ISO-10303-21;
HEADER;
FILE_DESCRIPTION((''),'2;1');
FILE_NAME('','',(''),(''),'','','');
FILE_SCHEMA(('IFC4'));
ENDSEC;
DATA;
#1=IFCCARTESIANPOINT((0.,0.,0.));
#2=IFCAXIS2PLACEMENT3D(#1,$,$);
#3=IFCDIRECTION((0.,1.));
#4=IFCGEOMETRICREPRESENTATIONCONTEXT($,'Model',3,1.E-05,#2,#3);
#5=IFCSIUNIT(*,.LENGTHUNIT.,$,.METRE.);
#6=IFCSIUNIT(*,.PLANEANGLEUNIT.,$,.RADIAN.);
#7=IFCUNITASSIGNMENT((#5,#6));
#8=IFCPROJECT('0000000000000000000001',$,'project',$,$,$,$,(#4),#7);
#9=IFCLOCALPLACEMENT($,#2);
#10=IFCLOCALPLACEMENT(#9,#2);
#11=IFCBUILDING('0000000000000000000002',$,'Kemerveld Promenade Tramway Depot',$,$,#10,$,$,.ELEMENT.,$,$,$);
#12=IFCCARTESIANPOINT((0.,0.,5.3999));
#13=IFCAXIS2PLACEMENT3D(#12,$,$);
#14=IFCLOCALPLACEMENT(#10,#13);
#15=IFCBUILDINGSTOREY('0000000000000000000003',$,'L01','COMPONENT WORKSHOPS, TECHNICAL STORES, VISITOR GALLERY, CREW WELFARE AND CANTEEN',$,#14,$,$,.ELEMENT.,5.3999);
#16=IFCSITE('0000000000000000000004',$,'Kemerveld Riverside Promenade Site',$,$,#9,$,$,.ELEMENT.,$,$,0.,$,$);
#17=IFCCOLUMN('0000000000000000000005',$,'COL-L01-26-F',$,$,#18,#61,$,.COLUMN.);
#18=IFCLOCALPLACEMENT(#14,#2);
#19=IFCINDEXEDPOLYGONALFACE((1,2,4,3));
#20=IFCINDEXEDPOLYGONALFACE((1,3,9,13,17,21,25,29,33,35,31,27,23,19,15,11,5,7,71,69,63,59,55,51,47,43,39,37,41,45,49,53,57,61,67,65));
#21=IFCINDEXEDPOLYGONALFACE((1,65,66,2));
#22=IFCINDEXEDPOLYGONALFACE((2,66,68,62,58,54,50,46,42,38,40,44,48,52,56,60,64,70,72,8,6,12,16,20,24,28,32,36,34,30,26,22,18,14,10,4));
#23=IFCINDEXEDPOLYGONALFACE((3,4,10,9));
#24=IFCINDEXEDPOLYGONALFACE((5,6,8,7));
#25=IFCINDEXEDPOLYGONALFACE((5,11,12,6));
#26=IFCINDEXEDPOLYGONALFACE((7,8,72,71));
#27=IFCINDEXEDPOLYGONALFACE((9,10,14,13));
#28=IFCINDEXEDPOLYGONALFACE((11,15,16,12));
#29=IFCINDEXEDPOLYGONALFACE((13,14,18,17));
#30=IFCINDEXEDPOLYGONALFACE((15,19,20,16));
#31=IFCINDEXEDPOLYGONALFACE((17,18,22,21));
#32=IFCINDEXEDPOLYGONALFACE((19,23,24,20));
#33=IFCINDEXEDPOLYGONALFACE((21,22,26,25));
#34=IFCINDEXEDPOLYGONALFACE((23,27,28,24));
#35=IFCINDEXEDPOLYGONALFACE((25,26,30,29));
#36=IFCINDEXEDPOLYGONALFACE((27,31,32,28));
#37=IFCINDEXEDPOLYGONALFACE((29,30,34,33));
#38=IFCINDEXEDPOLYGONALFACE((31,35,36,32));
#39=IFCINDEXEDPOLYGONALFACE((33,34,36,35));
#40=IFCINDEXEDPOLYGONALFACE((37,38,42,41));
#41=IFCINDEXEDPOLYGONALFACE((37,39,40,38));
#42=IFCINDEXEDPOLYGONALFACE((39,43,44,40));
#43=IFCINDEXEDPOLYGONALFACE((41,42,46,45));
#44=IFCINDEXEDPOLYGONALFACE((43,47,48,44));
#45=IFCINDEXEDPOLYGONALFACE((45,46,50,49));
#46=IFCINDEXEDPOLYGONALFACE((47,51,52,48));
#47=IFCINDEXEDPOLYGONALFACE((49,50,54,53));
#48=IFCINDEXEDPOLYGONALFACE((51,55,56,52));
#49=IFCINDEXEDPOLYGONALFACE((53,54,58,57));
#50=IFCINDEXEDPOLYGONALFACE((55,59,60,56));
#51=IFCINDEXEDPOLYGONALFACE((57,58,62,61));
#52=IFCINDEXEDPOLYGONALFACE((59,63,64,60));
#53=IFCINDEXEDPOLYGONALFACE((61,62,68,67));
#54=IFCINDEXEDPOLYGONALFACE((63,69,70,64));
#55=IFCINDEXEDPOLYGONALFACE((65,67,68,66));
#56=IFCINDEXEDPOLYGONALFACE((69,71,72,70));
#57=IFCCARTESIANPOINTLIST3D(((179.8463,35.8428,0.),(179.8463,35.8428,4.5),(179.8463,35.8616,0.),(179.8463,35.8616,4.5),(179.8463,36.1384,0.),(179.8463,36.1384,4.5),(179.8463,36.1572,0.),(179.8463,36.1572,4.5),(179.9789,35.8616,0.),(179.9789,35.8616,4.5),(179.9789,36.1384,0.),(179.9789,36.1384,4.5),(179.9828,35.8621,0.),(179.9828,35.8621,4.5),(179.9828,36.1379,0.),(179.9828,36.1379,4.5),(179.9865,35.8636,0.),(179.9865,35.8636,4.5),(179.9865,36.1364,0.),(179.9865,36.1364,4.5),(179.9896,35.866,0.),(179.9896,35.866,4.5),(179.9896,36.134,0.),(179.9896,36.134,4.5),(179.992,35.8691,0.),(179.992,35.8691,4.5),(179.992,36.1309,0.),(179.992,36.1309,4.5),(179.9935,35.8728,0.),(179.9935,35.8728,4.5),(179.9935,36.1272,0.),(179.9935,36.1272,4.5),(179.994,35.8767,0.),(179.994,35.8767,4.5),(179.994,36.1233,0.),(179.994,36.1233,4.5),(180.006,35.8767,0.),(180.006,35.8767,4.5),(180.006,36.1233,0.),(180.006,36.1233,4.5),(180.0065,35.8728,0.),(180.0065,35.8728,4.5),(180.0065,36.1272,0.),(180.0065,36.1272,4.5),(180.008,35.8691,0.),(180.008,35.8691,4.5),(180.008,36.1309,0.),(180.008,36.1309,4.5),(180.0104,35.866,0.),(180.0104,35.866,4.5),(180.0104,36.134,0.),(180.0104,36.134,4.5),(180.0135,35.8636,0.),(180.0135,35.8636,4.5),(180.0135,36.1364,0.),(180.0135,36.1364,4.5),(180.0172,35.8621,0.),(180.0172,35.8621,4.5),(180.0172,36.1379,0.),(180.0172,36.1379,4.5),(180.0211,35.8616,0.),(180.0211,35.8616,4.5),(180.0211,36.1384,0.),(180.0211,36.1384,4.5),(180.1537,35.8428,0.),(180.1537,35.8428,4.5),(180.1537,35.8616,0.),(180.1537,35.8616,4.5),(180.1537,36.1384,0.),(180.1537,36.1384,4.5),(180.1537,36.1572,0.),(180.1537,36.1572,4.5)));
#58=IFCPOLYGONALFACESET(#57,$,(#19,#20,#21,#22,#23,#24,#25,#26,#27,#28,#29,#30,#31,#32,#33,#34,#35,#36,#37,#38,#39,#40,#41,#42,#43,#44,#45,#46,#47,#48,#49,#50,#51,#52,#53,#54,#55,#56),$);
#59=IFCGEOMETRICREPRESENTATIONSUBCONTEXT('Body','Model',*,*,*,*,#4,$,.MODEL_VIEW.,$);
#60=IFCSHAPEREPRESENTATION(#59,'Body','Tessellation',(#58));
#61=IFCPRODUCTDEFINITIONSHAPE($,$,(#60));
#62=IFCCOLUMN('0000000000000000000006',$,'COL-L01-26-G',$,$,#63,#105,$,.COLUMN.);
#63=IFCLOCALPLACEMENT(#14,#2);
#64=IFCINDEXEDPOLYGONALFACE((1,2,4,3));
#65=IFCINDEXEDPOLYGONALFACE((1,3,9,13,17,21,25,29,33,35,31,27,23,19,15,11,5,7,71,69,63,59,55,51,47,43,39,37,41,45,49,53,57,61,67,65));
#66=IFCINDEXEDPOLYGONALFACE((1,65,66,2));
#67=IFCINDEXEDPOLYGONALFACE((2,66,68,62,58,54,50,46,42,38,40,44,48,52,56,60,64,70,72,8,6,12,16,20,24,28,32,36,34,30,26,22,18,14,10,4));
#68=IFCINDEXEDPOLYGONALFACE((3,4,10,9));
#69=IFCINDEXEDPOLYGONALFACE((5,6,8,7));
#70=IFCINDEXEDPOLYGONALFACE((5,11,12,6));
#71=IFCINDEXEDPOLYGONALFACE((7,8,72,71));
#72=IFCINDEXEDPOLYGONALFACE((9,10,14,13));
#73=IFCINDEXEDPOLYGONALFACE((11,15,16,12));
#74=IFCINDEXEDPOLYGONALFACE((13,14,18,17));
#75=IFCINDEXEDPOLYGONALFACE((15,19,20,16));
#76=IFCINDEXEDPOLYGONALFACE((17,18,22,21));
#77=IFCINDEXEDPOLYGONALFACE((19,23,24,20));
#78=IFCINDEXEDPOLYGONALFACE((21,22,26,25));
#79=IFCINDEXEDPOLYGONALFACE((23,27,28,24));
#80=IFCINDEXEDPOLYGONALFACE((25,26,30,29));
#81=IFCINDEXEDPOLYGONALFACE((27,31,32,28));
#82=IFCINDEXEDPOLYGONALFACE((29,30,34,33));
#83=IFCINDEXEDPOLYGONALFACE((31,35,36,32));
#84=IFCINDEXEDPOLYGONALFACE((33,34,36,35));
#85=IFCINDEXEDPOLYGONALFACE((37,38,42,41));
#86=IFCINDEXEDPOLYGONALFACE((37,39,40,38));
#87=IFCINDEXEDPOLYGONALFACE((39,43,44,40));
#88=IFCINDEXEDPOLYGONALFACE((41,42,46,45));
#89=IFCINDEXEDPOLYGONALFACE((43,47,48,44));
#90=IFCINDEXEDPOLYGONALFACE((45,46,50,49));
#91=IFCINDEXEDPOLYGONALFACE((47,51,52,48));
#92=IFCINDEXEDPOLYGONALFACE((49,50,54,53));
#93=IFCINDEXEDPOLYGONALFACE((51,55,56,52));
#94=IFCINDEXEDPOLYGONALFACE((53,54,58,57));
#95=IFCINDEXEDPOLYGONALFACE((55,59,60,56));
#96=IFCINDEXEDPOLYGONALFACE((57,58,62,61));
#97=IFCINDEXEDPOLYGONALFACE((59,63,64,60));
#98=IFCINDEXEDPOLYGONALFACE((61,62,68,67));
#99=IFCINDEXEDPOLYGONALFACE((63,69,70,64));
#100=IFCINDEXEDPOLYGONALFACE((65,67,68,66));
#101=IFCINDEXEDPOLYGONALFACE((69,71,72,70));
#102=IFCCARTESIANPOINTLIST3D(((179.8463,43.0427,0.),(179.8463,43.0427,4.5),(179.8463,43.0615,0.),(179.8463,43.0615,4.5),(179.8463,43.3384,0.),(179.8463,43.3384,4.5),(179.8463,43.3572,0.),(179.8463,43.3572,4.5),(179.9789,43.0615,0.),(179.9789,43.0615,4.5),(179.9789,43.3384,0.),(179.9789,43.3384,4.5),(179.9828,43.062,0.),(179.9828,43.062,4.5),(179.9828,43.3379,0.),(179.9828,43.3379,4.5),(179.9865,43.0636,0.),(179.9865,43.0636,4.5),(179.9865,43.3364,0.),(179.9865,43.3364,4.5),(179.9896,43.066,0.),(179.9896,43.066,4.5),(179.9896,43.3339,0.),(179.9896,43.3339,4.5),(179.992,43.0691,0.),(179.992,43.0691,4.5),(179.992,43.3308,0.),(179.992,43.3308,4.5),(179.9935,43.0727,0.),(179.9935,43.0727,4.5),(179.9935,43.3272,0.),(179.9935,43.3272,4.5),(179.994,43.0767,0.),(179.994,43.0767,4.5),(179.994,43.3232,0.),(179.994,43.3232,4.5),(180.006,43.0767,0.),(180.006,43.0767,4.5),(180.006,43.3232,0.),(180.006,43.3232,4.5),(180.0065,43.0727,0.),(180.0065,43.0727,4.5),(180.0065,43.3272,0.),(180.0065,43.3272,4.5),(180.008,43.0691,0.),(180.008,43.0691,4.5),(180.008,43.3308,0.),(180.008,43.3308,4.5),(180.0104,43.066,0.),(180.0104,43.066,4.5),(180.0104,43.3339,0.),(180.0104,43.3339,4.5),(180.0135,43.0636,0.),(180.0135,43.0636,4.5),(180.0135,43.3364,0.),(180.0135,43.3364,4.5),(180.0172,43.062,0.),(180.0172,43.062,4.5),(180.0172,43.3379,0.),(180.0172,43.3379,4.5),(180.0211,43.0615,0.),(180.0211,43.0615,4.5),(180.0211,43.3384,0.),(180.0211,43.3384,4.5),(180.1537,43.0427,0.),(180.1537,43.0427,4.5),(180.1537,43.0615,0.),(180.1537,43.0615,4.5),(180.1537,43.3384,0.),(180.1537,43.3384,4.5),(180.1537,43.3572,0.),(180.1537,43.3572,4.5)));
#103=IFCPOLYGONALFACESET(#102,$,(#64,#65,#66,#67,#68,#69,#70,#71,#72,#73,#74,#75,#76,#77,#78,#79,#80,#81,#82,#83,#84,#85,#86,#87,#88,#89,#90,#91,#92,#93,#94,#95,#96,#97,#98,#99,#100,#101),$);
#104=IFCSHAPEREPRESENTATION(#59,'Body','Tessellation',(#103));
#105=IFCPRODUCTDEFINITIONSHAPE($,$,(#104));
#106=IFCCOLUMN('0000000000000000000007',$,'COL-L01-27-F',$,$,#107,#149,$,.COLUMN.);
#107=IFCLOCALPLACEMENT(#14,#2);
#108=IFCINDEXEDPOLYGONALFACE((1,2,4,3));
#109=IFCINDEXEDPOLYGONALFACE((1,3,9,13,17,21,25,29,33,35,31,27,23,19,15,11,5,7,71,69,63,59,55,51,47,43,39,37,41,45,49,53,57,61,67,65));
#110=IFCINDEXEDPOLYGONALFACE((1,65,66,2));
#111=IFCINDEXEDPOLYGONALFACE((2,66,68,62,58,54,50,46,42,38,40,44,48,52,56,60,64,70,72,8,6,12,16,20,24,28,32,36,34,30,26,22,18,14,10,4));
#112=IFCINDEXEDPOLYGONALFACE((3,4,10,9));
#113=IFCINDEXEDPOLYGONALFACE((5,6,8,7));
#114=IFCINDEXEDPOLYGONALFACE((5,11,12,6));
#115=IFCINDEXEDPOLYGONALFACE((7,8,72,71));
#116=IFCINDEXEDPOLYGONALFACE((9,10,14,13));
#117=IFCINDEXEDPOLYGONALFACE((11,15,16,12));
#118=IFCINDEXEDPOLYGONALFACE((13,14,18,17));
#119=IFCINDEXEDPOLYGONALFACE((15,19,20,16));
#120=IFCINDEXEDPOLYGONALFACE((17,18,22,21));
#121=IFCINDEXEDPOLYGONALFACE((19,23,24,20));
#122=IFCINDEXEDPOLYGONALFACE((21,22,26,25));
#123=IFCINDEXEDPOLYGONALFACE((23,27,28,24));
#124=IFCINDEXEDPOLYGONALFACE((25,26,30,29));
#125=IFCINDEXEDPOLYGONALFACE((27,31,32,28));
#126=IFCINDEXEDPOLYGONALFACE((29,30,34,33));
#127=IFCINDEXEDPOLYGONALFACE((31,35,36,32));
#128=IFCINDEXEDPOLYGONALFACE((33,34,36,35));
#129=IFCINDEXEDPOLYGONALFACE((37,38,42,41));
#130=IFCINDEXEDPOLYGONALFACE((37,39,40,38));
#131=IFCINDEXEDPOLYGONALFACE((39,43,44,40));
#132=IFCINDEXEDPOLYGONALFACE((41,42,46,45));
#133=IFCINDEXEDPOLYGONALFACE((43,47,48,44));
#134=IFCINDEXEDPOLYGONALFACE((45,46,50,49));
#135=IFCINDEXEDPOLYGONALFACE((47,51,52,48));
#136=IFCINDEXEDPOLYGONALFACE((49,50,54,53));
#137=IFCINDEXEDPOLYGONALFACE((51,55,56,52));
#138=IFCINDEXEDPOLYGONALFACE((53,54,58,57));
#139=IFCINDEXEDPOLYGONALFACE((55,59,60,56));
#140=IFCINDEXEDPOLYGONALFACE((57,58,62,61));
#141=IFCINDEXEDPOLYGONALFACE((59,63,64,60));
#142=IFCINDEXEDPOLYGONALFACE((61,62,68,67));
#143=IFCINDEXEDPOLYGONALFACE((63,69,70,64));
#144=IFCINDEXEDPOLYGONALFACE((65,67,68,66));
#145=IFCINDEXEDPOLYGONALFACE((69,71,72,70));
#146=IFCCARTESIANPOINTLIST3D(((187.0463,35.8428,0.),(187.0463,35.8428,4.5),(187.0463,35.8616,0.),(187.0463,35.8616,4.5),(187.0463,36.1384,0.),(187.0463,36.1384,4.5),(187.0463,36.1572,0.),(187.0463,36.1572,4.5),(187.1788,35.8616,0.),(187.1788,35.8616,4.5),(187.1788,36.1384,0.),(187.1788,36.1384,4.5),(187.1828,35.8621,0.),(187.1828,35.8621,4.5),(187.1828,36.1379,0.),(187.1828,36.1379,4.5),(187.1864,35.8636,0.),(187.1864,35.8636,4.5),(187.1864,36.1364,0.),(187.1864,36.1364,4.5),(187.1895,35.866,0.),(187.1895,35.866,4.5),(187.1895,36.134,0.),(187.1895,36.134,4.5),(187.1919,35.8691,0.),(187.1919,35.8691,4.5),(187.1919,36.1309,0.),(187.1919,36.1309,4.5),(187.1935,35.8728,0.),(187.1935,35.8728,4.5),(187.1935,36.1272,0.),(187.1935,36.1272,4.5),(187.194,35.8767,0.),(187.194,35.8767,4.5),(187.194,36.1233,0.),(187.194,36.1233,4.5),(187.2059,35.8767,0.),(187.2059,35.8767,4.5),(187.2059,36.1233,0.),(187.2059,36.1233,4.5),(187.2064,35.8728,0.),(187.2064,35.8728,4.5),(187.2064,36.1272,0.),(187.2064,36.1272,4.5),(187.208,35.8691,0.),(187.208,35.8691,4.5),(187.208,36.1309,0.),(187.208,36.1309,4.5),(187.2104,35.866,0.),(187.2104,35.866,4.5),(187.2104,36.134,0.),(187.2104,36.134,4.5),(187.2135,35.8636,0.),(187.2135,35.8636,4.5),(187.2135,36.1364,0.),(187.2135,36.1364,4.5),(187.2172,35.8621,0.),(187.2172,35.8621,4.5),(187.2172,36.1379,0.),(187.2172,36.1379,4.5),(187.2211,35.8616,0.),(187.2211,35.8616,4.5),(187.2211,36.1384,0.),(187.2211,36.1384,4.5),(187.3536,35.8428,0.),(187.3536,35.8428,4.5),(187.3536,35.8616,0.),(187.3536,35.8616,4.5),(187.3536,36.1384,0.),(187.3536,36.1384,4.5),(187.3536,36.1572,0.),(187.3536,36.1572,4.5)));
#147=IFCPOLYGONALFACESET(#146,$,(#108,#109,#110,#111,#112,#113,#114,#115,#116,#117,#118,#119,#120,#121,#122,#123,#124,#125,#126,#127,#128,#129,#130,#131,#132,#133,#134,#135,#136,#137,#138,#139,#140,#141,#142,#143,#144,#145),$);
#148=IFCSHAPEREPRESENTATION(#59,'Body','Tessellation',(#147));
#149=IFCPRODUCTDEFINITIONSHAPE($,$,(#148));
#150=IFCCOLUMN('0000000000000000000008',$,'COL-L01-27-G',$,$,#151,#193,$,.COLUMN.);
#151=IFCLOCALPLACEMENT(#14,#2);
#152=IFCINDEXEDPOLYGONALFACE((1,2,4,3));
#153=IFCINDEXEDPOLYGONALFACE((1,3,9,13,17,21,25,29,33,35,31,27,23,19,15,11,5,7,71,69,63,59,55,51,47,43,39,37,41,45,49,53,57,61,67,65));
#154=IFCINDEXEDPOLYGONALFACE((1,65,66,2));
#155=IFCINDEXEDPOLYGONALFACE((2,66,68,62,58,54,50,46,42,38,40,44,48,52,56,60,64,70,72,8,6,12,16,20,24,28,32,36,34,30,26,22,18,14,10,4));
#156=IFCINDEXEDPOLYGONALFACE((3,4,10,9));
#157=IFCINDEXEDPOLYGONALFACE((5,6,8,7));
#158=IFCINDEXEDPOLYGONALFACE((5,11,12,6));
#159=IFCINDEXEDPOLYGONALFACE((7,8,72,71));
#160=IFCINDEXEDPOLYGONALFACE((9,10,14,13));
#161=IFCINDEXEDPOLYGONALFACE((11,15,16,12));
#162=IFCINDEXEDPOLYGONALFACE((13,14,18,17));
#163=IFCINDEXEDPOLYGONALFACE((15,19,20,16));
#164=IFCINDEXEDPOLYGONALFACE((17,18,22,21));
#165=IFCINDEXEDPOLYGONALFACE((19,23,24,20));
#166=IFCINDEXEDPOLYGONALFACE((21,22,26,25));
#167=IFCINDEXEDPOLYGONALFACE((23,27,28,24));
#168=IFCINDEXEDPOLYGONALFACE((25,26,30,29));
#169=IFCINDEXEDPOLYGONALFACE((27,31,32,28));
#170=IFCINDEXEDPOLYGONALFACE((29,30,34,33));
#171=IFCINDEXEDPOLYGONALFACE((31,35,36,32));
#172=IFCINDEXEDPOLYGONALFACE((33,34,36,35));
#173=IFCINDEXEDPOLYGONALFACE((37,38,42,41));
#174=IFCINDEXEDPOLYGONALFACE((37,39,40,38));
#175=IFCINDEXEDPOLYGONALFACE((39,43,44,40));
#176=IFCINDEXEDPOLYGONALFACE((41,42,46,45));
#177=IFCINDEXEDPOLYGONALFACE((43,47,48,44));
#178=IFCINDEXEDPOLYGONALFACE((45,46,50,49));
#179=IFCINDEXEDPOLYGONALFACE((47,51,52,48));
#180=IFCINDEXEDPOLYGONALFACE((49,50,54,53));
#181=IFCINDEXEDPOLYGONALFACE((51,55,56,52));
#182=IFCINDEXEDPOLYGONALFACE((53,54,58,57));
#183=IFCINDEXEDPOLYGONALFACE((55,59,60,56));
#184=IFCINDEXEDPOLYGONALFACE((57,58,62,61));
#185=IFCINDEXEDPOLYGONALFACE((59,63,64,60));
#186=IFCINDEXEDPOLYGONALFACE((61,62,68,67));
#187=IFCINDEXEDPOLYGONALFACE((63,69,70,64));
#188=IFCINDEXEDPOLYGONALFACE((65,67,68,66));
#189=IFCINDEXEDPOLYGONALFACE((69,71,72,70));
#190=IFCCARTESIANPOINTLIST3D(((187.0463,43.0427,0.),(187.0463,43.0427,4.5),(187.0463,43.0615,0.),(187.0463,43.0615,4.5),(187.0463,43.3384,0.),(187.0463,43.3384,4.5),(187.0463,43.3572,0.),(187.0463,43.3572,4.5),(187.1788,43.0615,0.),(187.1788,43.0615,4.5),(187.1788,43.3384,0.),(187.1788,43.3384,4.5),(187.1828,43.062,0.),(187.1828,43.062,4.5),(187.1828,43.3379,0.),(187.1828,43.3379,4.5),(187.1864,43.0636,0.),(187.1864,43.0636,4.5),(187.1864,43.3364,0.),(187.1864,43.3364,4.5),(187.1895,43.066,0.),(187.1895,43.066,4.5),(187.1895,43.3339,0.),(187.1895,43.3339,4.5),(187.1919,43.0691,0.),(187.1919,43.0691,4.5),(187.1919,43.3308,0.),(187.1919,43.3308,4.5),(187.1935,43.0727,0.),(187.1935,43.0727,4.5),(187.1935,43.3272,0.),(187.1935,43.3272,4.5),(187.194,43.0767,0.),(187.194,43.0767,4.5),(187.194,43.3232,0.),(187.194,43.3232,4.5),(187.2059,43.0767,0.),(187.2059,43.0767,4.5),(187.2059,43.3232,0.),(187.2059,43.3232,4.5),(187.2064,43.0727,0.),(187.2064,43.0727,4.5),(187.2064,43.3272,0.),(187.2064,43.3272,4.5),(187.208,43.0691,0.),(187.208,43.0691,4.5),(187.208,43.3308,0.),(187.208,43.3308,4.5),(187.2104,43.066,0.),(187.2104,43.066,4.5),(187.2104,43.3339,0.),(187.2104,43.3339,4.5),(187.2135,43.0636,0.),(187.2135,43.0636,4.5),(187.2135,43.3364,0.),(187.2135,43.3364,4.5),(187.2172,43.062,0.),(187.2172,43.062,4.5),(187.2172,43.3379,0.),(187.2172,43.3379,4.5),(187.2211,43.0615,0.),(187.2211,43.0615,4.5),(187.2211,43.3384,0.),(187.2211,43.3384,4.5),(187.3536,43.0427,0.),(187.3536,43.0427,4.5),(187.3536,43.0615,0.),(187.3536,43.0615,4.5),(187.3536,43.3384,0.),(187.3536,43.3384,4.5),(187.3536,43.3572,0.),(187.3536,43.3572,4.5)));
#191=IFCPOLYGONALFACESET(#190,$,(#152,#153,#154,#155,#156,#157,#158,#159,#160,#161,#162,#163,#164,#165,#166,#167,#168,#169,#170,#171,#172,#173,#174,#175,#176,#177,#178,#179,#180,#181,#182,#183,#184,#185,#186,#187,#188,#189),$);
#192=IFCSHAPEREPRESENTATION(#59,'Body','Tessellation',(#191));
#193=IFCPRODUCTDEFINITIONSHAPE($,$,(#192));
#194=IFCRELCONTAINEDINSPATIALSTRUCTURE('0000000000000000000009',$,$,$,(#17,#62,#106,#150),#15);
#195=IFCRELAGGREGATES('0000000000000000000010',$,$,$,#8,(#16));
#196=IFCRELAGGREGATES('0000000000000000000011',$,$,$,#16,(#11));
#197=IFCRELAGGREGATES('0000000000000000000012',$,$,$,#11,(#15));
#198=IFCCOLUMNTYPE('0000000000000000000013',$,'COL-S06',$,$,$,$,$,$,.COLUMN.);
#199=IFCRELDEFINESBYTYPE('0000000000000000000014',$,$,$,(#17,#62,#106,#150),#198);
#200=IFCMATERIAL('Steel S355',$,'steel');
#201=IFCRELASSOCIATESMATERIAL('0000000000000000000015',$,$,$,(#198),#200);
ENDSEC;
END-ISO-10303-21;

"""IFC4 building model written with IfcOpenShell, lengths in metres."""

from ifc_helpers import new_model, si_unit, direction, frame, origin, origin_2d, place, context, subcontext, project, spatial, i_section, extrude, material, material_profile, profile_set, type_object, element, save


model = new_model("IFC4")

# Units and contexts
model_context = context("Model", 3, precision=1e-05, world=origin(), true_north=direction((0.0, 1.0)))
body_context = subcontext(model_context, "Body", "Model", "MODEL_VIEW")
ifc_project = project(units=[si_unit("LENGTHUNIT", "METRE"), si_unit("PLANEANGLEUNIT", "RADIAN")], contexts=[model_context])

# Site, building, storey
site_placement = place(None, origin())
site = spatial("IfcSite", under=ifc_project, at=site_placement, Name="Kemerveld Riverside Promenade Site", CompositionType="ELEMENT", RefElevation=0.0)
building_placement = place(site_placement, origin())
building = spatial("IfcBuilding", under=site, at=building_placement, Name="Kemerveld Promenade Tramway Depot", CompositionType="ELEMENT")
storey_placement = place(building_placement, frame((0.0, 0.0, 5.3999)))
storey = spatial("IfcBuildingStorey", under=building, at=storey_placement, Name="L01", Description="COMPONENT WORKSHOPS, TECHNICAL STORES, VISITOR GALLERY, CREW WELFARE AND CANTEEN", CompositionType="ELEMENT", Elevation=5.3999)

# Columns
ifc_material_1 = material(Name="Steel S355", Category="steel")
ifc_material_profile_1 = material_profile(ifc_material_1, i_section(OverallWidth=0.3074, OverallDepth=0.3145, WebThickness=0.012, FlangeThickness=0.0188, FilletRadius=0.0151, at=origin_2d()), Name="305x305x118 UC")
ifc_profile_set_1 = profile_set([ifc_material_profile_1], Name="Steel S355")
column_type = type_object("IfcColumnType", Name="COL-S06", PredefinedType="COLUMN", material=ifc_profile_set_1)
for number, where, z_axis, x_axis, name in (
    (1, (180.0, 36.0, 0.0), (0.0, 0.0, 1.0), (1.0, 0.0, 0.0), "COL-L01-26-F"),
    (2, (180.0, 43.2, 0.0), (0.0, 0.0, 1.0), (1.0, 0.0, 0.0), "COL-L01-26-G"),
    (3, (187.2, 36.0, 0.0), (0.0, 0.0, 1.0), (1.0, 0.0, 0.0), "COL-L01-27-F"),
    (4, (187.2, 43.2, 0.0), (0.0, 0.0, 1.0), (1.0, 0.0, 0.0), "COL-L01-27-G"),
):
    element("IfcColumn", number, at=place(storey_placement, frame(where, z_axis=z_axis, x_axis=x_axis)), inside=storey, type_object=column_type, Name=name, PredefinedType="COLUMN", context=body_context, shape_type="SweptSolid", body=[
        extrude(i_section(OverallWidth=0.3074, OverallDepth=0.3145, WebThickness=0.012, FlangeThickness=0.0188, FilletRadius=0.0151, at=origin_2d()), origin(), (0.0, 0.0, 1.0), 4.5),
    ])

save(model, "model.ifc")
